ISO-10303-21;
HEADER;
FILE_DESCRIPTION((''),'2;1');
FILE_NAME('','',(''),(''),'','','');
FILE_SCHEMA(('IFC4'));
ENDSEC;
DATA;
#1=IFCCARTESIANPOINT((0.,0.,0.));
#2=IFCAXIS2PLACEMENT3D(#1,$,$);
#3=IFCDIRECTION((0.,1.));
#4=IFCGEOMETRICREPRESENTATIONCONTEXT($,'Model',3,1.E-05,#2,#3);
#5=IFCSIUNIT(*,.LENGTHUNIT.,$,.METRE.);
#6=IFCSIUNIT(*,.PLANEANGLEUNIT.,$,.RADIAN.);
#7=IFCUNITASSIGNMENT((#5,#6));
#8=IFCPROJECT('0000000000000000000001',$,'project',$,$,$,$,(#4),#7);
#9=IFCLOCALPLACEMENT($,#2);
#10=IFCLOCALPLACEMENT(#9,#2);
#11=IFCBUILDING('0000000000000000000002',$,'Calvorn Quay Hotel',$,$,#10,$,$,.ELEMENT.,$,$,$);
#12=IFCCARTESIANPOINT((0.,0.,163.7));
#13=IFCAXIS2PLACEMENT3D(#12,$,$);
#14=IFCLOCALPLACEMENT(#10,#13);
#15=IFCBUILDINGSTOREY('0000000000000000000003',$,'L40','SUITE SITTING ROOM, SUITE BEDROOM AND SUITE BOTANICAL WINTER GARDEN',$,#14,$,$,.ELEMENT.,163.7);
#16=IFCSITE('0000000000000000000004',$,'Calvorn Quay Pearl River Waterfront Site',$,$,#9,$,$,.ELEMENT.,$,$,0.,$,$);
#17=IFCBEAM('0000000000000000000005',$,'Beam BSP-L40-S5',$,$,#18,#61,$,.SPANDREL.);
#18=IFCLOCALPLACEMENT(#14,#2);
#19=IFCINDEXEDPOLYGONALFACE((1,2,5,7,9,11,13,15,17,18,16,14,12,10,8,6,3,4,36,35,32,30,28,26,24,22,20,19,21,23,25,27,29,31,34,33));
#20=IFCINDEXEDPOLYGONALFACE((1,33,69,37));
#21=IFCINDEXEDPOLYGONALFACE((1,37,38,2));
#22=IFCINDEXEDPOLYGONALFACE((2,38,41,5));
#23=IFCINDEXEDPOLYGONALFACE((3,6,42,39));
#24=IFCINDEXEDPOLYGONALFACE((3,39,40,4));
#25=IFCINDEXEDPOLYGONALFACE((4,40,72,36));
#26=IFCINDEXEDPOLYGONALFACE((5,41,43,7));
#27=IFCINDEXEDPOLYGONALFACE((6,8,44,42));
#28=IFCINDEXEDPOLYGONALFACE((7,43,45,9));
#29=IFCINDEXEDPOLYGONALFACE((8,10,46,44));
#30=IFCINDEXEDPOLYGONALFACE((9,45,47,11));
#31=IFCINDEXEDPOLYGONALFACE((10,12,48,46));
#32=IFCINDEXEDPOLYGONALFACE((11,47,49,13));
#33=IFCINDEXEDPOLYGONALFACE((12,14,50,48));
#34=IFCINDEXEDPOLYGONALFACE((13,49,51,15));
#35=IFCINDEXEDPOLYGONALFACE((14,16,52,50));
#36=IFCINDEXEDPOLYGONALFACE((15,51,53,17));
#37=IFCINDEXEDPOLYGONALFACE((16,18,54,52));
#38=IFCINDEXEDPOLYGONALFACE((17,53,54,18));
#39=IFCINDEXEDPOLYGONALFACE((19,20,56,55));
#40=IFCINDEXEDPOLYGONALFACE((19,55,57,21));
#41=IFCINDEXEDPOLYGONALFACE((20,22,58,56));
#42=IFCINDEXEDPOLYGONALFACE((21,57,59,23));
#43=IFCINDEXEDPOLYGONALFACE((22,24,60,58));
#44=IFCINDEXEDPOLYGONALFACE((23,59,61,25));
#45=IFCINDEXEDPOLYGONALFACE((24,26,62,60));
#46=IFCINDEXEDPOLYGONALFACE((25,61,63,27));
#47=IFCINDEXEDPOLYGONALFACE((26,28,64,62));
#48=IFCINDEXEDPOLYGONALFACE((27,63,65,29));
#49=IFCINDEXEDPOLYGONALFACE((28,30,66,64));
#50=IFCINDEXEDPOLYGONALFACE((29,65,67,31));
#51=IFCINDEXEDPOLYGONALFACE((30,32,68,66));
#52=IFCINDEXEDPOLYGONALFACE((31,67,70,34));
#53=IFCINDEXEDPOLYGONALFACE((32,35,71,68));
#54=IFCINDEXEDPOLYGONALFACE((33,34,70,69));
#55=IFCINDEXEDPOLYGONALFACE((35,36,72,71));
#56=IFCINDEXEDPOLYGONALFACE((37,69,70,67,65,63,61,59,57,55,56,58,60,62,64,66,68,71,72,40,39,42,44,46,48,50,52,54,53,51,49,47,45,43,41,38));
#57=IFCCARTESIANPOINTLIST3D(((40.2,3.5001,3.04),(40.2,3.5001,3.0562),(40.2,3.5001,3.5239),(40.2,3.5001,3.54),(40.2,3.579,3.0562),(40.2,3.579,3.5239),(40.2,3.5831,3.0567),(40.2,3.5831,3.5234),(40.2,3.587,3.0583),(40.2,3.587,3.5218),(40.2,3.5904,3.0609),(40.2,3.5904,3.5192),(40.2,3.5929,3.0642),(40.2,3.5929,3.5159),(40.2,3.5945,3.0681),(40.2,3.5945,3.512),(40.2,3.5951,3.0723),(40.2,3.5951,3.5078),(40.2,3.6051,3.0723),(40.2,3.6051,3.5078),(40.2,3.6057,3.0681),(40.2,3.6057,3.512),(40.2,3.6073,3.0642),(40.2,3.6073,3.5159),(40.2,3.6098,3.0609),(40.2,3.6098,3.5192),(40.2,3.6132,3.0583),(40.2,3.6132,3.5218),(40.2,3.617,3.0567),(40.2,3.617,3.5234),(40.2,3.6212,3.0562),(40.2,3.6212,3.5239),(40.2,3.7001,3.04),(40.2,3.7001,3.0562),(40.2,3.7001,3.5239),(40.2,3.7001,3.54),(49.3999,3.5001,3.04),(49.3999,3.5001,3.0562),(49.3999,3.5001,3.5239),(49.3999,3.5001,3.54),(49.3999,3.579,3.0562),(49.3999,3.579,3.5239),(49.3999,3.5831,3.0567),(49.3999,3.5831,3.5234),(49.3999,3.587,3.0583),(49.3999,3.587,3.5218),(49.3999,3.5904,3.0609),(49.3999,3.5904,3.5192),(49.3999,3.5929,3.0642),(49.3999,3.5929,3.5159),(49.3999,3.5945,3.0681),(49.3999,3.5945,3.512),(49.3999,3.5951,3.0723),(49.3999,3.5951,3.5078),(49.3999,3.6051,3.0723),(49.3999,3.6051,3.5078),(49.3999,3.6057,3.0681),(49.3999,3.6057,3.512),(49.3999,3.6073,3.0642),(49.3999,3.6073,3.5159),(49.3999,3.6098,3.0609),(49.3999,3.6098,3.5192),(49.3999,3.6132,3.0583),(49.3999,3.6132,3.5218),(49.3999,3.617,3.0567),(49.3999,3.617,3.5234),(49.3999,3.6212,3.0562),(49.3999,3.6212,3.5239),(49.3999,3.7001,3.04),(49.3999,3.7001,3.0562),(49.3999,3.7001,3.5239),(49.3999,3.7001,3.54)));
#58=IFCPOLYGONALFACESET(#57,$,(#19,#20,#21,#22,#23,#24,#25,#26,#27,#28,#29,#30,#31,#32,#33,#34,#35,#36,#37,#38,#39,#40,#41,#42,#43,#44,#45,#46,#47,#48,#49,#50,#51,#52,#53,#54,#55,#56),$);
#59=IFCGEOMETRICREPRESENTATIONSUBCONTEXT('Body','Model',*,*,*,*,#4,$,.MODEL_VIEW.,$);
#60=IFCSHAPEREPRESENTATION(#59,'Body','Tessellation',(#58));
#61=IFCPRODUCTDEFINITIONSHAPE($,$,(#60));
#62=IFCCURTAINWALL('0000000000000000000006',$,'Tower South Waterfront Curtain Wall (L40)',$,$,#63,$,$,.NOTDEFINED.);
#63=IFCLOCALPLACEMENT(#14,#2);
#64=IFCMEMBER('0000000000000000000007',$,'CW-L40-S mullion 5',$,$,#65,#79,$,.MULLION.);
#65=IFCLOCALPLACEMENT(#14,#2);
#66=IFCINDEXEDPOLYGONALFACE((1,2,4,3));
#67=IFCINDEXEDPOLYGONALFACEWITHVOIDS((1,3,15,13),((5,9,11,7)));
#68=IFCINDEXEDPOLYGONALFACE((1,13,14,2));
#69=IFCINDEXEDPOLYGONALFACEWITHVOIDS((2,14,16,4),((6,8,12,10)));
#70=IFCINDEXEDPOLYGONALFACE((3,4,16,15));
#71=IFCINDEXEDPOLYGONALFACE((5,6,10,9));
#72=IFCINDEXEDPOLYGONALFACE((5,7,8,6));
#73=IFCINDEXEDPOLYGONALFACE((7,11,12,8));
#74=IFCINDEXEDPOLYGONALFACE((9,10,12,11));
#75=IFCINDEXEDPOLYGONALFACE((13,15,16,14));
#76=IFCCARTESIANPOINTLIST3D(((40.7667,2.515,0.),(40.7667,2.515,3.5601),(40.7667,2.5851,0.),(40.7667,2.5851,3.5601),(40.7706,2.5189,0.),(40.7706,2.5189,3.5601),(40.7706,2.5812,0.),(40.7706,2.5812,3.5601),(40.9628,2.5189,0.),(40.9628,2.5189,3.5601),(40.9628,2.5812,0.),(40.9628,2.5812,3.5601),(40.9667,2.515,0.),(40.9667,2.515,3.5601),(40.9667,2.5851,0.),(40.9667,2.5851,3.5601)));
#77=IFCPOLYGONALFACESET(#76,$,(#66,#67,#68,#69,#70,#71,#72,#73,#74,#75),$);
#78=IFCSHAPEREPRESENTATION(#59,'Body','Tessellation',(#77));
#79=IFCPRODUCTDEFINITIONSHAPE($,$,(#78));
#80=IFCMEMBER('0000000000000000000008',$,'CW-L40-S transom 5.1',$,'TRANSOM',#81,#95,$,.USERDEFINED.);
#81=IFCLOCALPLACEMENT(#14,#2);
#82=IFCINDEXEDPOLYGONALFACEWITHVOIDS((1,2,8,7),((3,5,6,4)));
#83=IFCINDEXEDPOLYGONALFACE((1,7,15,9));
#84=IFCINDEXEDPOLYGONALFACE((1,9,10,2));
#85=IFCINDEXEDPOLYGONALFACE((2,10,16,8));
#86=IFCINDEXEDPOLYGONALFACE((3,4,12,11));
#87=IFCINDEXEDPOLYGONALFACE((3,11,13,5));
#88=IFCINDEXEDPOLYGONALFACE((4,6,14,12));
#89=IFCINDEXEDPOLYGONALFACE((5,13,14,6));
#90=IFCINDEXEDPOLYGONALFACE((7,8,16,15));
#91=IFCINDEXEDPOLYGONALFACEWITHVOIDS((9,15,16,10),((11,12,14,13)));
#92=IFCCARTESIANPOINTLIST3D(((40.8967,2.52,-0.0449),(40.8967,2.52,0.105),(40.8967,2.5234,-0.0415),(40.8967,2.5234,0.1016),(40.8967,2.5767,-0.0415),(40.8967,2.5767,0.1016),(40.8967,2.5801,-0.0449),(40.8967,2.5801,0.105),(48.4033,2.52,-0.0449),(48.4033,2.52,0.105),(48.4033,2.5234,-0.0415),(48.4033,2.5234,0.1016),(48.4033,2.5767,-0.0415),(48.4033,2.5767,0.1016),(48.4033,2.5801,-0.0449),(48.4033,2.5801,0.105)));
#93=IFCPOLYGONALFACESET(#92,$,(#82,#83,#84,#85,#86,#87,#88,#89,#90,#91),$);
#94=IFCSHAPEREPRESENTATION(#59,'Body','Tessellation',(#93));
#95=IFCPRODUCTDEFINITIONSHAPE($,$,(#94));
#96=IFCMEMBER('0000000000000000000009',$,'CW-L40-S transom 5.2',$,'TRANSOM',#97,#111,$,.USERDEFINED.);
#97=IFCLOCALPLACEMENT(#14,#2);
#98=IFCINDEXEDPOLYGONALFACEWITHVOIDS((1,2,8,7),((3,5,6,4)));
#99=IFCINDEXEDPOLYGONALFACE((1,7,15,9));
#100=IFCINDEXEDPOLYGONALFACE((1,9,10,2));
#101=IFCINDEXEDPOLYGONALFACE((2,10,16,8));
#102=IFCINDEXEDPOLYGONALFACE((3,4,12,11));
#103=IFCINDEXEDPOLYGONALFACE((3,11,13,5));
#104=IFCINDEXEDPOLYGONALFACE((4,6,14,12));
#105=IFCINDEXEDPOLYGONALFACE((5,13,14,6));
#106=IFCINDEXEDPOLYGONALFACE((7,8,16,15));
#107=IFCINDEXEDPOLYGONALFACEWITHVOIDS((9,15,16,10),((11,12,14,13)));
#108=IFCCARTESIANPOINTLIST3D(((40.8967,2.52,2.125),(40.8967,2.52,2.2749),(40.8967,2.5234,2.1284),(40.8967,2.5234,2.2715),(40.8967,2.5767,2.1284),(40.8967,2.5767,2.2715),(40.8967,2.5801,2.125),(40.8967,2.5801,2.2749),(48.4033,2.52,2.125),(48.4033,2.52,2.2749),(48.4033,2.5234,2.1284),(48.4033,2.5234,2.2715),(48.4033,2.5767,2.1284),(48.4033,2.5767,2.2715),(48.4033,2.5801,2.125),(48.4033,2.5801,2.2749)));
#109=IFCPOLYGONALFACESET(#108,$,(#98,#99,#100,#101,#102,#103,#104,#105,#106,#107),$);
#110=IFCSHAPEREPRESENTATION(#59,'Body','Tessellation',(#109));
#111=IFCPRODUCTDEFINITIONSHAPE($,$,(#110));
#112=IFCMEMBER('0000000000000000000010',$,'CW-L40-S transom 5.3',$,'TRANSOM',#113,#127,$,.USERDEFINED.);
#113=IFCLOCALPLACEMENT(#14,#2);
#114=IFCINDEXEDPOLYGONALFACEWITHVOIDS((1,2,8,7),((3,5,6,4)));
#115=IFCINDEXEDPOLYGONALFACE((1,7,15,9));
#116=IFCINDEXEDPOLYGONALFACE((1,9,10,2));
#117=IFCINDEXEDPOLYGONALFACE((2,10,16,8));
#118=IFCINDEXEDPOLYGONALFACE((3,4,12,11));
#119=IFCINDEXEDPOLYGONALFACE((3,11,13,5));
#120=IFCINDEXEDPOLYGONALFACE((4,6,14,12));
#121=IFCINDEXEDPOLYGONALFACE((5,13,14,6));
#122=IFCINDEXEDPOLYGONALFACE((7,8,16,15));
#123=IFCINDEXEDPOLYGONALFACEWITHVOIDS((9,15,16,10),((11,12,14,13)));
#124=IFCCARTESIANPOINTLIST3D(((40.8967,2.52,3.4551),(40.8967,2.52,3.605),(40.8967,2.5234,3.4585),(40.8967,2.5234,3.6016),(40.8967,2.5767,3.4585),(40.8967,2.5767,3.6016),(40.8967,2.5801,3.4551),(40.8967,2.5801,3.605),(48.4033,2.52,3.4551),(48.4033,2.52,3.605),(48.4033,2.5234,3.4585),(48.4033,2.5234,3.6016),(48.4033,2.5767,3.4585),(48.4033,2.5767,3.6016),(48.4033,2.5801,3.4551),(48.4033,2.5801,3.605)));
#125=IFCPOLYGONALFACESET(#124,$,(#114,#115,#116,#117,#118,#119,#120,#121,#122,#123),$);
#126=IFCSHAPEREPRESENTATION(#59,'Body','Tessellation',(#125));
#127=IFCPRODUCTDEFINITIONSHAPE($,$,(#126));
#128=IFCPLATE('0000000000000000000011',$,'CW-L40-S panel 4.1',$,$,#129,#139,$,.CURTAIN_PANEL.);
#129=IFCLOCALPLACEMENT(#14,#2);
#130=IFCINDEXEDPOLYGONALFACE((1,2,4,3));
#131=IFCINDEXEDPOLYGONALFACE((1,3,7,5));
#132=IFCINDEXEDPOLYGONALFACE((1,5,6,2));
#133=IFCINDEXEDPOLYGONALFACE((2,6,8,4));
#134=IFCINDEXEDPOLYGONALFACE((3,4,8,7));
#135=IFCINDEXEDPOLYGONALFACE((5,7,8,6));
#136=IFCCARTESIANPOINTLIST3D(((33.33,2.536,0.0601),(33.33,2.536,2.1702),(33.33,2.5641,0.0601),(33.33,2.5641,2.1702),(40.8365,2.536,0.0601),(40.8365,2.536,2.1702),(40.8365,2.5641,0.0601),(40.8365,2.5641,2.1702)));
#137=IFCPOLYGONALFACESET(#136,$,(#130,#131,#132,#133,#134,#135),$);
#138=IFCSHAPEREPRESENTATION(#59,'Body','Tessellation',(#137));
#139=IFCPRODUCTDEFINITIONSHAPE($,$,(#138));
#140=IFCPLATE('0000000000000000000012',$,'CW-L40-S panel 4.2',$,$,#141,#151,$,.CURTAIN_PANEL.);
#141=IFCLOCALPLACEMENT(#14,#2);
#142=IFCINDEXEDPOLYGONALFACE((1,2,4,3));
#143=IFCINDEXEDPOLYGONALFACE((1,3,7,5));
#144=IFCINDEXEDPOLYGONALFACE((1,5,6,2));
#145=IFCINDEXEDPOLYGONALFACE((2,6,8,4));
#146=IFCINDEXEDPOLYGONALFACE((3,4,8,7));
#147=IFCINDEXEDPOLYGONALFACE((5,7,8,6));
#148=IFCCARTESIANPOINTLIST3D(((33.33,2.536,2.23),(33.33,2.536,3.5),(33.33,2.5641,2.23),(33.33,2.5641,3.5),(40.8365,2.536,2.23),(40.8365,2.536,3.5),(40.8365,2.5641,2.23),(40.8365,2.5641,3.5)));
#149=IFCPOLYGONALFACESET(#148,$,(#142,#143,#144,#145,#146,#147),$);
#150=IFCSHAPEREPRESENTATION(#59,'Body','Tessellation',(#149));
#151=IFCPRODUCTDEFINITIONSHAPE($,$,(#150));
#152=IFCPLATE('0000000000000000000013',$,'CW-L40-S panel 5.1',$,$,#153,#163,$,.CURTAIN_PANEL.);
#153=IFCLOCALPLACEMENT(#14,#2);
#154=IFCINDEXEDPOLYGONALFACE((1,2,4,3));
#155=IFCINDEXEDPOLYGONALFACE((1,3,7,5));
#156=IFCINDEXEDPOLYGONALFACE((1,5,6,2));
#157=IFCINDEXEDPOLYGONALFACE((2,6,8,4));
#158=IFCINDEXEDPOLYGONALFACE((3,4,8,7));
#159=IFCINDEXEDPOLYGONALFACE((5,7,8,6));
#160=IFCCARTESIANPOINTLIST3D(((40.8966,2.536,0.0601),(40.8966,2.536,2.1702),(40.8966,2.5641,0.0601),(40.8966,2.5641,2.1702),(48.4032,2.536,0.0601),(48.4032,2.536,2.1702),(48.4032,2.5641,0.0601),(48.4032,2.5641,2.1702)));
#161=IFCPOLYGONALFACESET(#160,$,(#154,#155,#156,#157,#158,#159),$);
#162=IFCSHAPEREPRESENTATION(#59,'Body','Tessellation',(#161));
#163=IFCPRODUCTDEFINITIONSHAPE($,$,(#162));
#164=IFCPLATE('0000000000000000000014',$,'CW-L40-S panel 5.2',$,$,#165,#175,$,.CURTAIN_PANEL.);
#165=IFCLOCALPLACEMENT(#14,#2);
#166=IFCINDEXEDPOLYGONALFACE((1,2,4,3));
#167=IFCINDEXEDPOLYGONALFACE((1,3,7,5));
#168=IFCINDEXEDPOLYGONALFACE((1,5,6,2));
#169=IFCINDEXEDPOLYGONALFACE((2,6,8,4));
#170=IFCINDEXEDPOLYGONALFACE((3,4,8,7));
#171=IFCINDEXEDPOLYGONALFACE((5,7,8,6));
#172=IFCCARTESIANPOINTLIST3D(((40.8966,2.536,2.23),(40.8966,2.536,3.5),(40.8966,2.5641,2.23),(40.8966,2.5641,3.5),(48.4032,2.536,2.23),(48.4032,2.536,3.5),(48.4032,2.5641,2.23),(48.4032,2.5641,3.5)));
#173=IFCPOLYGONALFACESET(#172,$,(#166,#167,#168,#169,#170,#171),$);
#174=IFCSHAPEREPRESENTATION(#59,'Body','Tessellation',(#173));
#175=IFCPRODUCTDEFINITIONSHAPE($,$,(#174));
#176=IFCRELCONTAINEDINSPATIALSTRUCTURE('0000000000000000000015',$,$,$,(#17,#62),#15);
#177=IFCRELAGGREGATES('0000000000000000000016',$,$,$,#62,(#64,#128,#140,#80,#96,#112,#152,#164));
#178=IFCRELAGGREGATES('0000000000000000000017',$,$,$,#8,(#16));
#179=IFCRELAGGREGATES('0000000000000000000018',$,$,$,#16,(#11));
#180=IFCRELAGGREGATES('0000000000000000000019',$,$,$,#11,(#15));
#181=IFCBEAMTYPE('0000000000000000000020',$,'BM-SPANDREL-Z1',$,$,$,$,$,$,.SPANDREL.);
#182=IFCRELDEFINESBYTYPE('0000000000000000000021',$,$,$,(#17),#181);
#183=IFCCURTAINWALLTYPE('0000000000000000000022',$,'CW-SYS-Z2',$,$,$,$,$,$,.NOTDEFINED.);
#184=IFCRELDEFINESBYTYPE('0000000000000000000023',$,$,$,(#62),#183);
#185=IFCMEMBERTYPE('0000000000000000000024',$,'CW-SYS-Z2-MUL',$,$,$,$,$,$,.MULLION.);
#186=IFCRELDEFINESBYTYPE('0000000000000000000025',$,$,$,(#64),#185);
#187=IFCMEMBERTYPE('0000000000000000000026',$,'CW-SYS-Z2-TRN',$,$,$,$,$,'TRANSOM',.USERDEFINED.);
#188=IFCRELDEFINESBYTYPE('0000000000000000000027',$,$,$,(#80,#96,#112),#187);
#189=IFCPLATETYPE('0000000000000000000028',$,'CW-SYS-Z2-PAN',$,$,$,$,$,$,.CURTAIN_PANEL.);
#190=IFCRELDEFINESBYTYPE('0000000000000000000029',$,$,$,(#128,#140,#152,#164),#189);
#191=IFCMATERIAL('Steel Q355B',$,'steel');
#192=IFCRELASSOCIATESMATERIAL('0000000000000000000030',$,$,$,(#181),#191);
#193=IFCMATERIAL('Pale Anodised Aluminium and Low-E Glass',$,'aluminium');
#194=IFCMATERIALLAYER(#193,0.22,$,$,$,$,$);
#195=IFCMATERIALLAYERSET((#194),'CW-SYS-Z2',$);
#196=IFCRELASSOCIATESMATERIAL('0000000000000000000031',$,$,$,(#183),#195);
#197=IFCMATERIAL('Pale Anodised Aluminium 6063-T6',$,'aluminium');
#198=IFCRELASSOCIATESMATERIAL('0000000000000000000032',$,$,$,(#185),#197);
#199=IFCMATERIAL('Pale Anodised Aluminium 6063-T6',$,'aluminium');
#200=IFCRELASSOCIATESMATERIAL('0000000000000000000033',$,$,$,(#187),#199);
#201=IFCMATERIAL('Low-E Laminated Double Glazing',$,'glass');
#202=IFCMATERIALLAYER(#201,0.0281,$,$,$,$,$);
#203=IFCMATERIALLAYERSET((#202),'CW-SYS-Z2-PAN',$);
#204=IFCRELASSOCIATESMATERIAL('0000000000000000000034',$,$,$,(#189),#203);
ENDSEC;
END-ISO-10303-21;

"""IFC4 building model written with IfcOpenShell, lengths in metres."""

from ifc_helpers import new_model, si_unit, direction, frame, origin, origin_2d, place, context, subcontext, project, spatial, rectangle, hollow_rectangle, i_section, extrude, material, layer, layer_set, material_profile, profile_set, type_object, element, aggregate, save


model = new_model("IFC4")

# Units and contexts
model_context = context("Model", 3, precision=1e-05, world=origin(), true_north=direction((0.0, 1.0)))
body_context = subcontext(model_context, "Body", "Model", "MODEL_VIEW")
ifc_project = project(units=[si_unit("LENGTHUNIT", "METRE"), si_unit("PLANEANGLEUNIT", "RADIAN")], contexts=[model_context])

# Site, building, storey
site_placement = place(None, origin())
site = spatial("IfcSite", under=ifc_project, at=site_placement, Name="Calvorn Quay Pearl River Waterfront Site", CompositionType="ELEMENT", RefElevation=0.0)
building_placement = place(site_placement, origin())
building = spatial("IfcBuilding", under=site, at=building_placement, Name="Calvorn Quay Hotel", CompositionType="ELEMENT")
storey_placement = place(building_placement, frame((0.0, 0.0, 163.7)))
storey = spatial("IfcBuildingStorey", under=building, at=storey_placement, Name="L40", Description="SUITE SITTING ROOM, SUITE BEDROOM AND SUITE BOTANICAL WINTER GARDEN", CompositionType="ELEMENT", Elevation=163.7)

# Beam
ifc_material_1 = material(Name="Steel Q355B", Category="steel")
ifc_material_profile_1 = material_profile(ifc_material_1, i_section(OverallWidth=0.2, OverallDepth=0.5, WebThickness=0.01, FlangeThickness=0.0161, FilletRadius=0.0161, at=origin_2d()), Name="HN500x200x10x16")
ifc_profile_set_1 = profile_set([ifc_material_profile_1], Name="Steel Q355B")
beam_type_1 = type_object("IfcBeamType", Name="BM-SPANDREL-Z1", PredefinedType="SPANDREL", material=ifc_profile_set_1)
beam_1_placement = place(storey_placement, frame((40.2, 3.6001, 3.29), z_axis=(1.0, 0.0, 0.0), x_axis=(0.0, 1.0, 0.0)))
element("IfcBeam", 1, at=beam_1_placement, inside=storey, type_object=beam_type_1, Name="Beam BSP-L40-S5", PredefinedType="SPANDREL", context=body_context, shape_type="SweptSolid", body=[
    extrude(i_section(OverallWidth=0.2, OverallDepth=0.5, WebThickness=0.01, FlangeThickness=0.0161, FilletRadius=0.0161, at=origin_2d()), origin(), (0.0, 0.0, 1.0), 9.2),
])

# Curtain wall, members, plates
ifc_material_2 = material(Name="Pale Anodised Aluminium and Low-E Glass", Category="aluminium")
ifc_layer_1 = layer(ifc_material_2, 0.22)
ifc_layer_set_1 = layer_set([ifc_layer_1], Name="CW-SYS-Z2")
curtain_wall_type = type_object("IfcCurtainWallType", Name="CW-SYS-Z2", PredefinedType="NOTDEFINED", material=ifc_layer_set_1)
curtain_wall_placement = place(storey_placement, origin())
curtain_wall = element("IfcCurtainWall", 2, at=curtain_wall_placement, inside=storey, type_object=curtain_wall_type, Name="Tower South Waterfront Curtain Wall (L40)", PredefinedType="NOTDEFINED")
ifc_material_3 = material(Name="Pale Anodised Aluminium 6063-T6", Category="aluminium")
ifc_material_profile_2 = material_profile(ifc_material_3, hollow_rectangle(XDim=0.0701, YDim=0.2, WallThickness=0.0039, at=origin_2d()), Name="ALU-M200x70x4")
ifc_profile_set_2 = profile_set([ifc_material_profile_2], Name="Pale Anodised Aluminium 6063-T6")
member_type_1 = type_object("IfcMemberType", Name="CW-SYS-Z2-MUL", PredefinedType="MULLION", material=ifc_profile_set_2)
member_1_placement = place(storey_placement, frame((40.8667, 2.55, 0.0), z_axis=(0.0, 0.0, 1.0), x_axis=(0.0, 1.0, 0.0)))
member_1 = element("IfcMember", 3, at=member_1_placement, type_object=member_type_1, Name="CW-L40-S mullion 5", PredefinedType="MULLION", context=body_context, shape_type="SweptSolid", body=[
    extrude(hollow_rectangle(XDim=0.0701, YDim=0.2, WallThickness=0.0039, at=origin_2d()), origin(), (0.0, 0.0, 1.0), 3.5601),
])
ifc_material_4 = material(Name="Pale Anodised Aluminium 6063-T6", Category="aluminium")
ifc_material_profile_3 = material_profile(ifc_material_4, hollow_rectangle(XDim=0.0601, YDim=0.1499, WallThickness=0.0034, at=origin_2d()), Name="ALU-T150x60x3.5")
ifc_profile_set_3 = profile_set([ifc_material_profile_3], Name="Pale Anodised Aluminium 6063-T6")
member_type_2 = type_object("IfcMemberType", Name="CW-SYS-Z2-TRN", ElementType="TRANSOM", PredefinedType="USERDEFINED", material=ifc_profile_set_3)
member_2_placement = place(storey_placement, frame((40.8967, 2.55, 0.03), z_axis=(1.0, 0.0, 0.0), x_axis=(0.0, 1.0, 0.0)))
member_2 = element("IfcMember", 4, at=member_2_placement, type_object=member_type_2, Name="CW-L40-S transom 5.1", ObjectType="TRANSOM", PredefinedType="USERDEFINED", context=body_context, shape_type="SweptSolid", body=[
    extrude(hollow_rectangle(XDim=0.0601, YDim=0.1499, WallThickness=0.0034, at=origin_2d()), origin(), (0.0, 0.0, 1.0), 7.5066),
])
member_3_placement = place(storey_placement, frame((40.8967, 2.55, 2.2), z_axis=(1.0, 0.0, 0.0), x_axis=(0.0, 1.0, 0.0)))
member_3 = element("IfcMember", 5, at=member_3_placement, type_object=member_type_2, Name="CW-L40-S transom 5.2", ObjectType="TRANSOM", PredefinedType="USERDEFINED", context=body_context, shape_type="SweptSolid", body=[
    extrude(hollow_rectangle(XDim=0.0601, YDim=0.1499, WallThickness=0.0034, at=origin_2d()), origin(), (0.0, 0.0, 1.0), 7.5066),
])
member_4_placement = place(storey_placement, frame((40.8967, 2.55, 3.53), z_axis=(1.0, 0.0, 0.0), x_axis=(0.0, 1.0, 0.0)))
member_4 = element("IfcMember", 6, at=member_4_placement, type_object=member_type_2, Name="CW-L40-S transom 5.3", ObjectType="TRANSOM", PredefinedType="USERDEFINED", context=body_context, shape_type="SweptSolid", body=[
    extrude(hollow_rectangle(XDim=0.0601, YDim=0.1499, WallThickness=0.0034, at=origin_2d()), origin(), (0.0, 0.0, 1.0), 7.5066),
])
ifc_material_5 = material(Name="Low-E Laminated Double Glazing", Category="glass")
ifc_layer_2 = layer(ifc_material_5, 0.0281)
ifc_layer_set_2 = layer_set([ifc_layer_2], Name="CW-SYS-Z2-PAN")
plate_type = type_object("IfcPlateType", Name="CW-SYS-Z2-PAN", PredefinedType="CURTAIN_PANEL", material=ifc_layer_set_2)
plate_1_placement = place(storey_placement, frame((37.0833, 2.55, 0.0601), z_axis=(0.0, 0.0, 1.0), x_axis=(1.0, 0.0, 0.0)))
plate_1 = element("IfcPlate", 7, at=plate_1_placement, type_object=plate_type, Name="CW-L40-S panel 4.1", PredefinedType="CURTAIN_PANEL", context=body_context, shape_type="SweptSolid", body=[
    extrude(rectangle(XDim=7.5066, YDim=0.0281, at=origin_2d()), origin(), (0.0, 0.0, 1.0), 2.1101),
])
plate_2_placement = place(storey_placement, frame((37.0833, 2.55, 2.23), z_axis=(0.0, 0.0, 1.0), x_axis=(1.0, 0.0, 0.0)))
plate_2 = element("IfcPlate", 8, at=plate_2_placement, type_object=plate_type, Name="CW-L40-S panel 4.2", PredefinedType="CURTAIN_PANEL", context=body_context, shape_type="SweptSolid", body=[
    extrude(rectangle(XDim=7.5066, YDim=0.0281, at=origin_2d()), origin(), (0.0, 0.0, 1.0), 1.27),
])
plate_3_placement = place(storey_placement, frame((44.6499, 2.55, 0.0601), z_axis=(0.0, 0.0, 1.0), x_axis=(1.0, 0.0, 0.0)))
plate_3 = element("IfcPlate", 9, at=plate_3_placement, type_object=plate_type, Name="CW-L40-S panel 5.1", PredefinedType="CURTAIN_PANEL", context=body_context, shape_type="SweptSolid", body=[
    extrude(rectangle(XDim=7.5066, YDim=0.0281, at=origin_2d()), origin(), (0.0, 0.0, 1.0), 2.1101),
])
plate_4_placement = place(storey_placement, frame((44.6499, 2.55, 2.23), z_axis=(0.0, 0.0, 1.0), x_axis=(1.0, 0.0, 0.0)))
plate_4 = element("IfcPlate", 10, at=plate_4_placement, type_object=plate_type, Name="CW-L40-S panel 5.2", PredefinedType="CURTAIN_PANEL", context=body_context, shape_type="SweptSolid", body=[
    extrude(rectangle(XDim=7.5066, YDim=0.0281, at=origin_2d()), origin(), (0.0, 0.0, 1.0), 1.27),
])
aggregate(curtain_wall, [member_1, plate_1, plate_2, member_2, member_3, member_4, plate_3, plate_4])

save(model, "model.ifc")
